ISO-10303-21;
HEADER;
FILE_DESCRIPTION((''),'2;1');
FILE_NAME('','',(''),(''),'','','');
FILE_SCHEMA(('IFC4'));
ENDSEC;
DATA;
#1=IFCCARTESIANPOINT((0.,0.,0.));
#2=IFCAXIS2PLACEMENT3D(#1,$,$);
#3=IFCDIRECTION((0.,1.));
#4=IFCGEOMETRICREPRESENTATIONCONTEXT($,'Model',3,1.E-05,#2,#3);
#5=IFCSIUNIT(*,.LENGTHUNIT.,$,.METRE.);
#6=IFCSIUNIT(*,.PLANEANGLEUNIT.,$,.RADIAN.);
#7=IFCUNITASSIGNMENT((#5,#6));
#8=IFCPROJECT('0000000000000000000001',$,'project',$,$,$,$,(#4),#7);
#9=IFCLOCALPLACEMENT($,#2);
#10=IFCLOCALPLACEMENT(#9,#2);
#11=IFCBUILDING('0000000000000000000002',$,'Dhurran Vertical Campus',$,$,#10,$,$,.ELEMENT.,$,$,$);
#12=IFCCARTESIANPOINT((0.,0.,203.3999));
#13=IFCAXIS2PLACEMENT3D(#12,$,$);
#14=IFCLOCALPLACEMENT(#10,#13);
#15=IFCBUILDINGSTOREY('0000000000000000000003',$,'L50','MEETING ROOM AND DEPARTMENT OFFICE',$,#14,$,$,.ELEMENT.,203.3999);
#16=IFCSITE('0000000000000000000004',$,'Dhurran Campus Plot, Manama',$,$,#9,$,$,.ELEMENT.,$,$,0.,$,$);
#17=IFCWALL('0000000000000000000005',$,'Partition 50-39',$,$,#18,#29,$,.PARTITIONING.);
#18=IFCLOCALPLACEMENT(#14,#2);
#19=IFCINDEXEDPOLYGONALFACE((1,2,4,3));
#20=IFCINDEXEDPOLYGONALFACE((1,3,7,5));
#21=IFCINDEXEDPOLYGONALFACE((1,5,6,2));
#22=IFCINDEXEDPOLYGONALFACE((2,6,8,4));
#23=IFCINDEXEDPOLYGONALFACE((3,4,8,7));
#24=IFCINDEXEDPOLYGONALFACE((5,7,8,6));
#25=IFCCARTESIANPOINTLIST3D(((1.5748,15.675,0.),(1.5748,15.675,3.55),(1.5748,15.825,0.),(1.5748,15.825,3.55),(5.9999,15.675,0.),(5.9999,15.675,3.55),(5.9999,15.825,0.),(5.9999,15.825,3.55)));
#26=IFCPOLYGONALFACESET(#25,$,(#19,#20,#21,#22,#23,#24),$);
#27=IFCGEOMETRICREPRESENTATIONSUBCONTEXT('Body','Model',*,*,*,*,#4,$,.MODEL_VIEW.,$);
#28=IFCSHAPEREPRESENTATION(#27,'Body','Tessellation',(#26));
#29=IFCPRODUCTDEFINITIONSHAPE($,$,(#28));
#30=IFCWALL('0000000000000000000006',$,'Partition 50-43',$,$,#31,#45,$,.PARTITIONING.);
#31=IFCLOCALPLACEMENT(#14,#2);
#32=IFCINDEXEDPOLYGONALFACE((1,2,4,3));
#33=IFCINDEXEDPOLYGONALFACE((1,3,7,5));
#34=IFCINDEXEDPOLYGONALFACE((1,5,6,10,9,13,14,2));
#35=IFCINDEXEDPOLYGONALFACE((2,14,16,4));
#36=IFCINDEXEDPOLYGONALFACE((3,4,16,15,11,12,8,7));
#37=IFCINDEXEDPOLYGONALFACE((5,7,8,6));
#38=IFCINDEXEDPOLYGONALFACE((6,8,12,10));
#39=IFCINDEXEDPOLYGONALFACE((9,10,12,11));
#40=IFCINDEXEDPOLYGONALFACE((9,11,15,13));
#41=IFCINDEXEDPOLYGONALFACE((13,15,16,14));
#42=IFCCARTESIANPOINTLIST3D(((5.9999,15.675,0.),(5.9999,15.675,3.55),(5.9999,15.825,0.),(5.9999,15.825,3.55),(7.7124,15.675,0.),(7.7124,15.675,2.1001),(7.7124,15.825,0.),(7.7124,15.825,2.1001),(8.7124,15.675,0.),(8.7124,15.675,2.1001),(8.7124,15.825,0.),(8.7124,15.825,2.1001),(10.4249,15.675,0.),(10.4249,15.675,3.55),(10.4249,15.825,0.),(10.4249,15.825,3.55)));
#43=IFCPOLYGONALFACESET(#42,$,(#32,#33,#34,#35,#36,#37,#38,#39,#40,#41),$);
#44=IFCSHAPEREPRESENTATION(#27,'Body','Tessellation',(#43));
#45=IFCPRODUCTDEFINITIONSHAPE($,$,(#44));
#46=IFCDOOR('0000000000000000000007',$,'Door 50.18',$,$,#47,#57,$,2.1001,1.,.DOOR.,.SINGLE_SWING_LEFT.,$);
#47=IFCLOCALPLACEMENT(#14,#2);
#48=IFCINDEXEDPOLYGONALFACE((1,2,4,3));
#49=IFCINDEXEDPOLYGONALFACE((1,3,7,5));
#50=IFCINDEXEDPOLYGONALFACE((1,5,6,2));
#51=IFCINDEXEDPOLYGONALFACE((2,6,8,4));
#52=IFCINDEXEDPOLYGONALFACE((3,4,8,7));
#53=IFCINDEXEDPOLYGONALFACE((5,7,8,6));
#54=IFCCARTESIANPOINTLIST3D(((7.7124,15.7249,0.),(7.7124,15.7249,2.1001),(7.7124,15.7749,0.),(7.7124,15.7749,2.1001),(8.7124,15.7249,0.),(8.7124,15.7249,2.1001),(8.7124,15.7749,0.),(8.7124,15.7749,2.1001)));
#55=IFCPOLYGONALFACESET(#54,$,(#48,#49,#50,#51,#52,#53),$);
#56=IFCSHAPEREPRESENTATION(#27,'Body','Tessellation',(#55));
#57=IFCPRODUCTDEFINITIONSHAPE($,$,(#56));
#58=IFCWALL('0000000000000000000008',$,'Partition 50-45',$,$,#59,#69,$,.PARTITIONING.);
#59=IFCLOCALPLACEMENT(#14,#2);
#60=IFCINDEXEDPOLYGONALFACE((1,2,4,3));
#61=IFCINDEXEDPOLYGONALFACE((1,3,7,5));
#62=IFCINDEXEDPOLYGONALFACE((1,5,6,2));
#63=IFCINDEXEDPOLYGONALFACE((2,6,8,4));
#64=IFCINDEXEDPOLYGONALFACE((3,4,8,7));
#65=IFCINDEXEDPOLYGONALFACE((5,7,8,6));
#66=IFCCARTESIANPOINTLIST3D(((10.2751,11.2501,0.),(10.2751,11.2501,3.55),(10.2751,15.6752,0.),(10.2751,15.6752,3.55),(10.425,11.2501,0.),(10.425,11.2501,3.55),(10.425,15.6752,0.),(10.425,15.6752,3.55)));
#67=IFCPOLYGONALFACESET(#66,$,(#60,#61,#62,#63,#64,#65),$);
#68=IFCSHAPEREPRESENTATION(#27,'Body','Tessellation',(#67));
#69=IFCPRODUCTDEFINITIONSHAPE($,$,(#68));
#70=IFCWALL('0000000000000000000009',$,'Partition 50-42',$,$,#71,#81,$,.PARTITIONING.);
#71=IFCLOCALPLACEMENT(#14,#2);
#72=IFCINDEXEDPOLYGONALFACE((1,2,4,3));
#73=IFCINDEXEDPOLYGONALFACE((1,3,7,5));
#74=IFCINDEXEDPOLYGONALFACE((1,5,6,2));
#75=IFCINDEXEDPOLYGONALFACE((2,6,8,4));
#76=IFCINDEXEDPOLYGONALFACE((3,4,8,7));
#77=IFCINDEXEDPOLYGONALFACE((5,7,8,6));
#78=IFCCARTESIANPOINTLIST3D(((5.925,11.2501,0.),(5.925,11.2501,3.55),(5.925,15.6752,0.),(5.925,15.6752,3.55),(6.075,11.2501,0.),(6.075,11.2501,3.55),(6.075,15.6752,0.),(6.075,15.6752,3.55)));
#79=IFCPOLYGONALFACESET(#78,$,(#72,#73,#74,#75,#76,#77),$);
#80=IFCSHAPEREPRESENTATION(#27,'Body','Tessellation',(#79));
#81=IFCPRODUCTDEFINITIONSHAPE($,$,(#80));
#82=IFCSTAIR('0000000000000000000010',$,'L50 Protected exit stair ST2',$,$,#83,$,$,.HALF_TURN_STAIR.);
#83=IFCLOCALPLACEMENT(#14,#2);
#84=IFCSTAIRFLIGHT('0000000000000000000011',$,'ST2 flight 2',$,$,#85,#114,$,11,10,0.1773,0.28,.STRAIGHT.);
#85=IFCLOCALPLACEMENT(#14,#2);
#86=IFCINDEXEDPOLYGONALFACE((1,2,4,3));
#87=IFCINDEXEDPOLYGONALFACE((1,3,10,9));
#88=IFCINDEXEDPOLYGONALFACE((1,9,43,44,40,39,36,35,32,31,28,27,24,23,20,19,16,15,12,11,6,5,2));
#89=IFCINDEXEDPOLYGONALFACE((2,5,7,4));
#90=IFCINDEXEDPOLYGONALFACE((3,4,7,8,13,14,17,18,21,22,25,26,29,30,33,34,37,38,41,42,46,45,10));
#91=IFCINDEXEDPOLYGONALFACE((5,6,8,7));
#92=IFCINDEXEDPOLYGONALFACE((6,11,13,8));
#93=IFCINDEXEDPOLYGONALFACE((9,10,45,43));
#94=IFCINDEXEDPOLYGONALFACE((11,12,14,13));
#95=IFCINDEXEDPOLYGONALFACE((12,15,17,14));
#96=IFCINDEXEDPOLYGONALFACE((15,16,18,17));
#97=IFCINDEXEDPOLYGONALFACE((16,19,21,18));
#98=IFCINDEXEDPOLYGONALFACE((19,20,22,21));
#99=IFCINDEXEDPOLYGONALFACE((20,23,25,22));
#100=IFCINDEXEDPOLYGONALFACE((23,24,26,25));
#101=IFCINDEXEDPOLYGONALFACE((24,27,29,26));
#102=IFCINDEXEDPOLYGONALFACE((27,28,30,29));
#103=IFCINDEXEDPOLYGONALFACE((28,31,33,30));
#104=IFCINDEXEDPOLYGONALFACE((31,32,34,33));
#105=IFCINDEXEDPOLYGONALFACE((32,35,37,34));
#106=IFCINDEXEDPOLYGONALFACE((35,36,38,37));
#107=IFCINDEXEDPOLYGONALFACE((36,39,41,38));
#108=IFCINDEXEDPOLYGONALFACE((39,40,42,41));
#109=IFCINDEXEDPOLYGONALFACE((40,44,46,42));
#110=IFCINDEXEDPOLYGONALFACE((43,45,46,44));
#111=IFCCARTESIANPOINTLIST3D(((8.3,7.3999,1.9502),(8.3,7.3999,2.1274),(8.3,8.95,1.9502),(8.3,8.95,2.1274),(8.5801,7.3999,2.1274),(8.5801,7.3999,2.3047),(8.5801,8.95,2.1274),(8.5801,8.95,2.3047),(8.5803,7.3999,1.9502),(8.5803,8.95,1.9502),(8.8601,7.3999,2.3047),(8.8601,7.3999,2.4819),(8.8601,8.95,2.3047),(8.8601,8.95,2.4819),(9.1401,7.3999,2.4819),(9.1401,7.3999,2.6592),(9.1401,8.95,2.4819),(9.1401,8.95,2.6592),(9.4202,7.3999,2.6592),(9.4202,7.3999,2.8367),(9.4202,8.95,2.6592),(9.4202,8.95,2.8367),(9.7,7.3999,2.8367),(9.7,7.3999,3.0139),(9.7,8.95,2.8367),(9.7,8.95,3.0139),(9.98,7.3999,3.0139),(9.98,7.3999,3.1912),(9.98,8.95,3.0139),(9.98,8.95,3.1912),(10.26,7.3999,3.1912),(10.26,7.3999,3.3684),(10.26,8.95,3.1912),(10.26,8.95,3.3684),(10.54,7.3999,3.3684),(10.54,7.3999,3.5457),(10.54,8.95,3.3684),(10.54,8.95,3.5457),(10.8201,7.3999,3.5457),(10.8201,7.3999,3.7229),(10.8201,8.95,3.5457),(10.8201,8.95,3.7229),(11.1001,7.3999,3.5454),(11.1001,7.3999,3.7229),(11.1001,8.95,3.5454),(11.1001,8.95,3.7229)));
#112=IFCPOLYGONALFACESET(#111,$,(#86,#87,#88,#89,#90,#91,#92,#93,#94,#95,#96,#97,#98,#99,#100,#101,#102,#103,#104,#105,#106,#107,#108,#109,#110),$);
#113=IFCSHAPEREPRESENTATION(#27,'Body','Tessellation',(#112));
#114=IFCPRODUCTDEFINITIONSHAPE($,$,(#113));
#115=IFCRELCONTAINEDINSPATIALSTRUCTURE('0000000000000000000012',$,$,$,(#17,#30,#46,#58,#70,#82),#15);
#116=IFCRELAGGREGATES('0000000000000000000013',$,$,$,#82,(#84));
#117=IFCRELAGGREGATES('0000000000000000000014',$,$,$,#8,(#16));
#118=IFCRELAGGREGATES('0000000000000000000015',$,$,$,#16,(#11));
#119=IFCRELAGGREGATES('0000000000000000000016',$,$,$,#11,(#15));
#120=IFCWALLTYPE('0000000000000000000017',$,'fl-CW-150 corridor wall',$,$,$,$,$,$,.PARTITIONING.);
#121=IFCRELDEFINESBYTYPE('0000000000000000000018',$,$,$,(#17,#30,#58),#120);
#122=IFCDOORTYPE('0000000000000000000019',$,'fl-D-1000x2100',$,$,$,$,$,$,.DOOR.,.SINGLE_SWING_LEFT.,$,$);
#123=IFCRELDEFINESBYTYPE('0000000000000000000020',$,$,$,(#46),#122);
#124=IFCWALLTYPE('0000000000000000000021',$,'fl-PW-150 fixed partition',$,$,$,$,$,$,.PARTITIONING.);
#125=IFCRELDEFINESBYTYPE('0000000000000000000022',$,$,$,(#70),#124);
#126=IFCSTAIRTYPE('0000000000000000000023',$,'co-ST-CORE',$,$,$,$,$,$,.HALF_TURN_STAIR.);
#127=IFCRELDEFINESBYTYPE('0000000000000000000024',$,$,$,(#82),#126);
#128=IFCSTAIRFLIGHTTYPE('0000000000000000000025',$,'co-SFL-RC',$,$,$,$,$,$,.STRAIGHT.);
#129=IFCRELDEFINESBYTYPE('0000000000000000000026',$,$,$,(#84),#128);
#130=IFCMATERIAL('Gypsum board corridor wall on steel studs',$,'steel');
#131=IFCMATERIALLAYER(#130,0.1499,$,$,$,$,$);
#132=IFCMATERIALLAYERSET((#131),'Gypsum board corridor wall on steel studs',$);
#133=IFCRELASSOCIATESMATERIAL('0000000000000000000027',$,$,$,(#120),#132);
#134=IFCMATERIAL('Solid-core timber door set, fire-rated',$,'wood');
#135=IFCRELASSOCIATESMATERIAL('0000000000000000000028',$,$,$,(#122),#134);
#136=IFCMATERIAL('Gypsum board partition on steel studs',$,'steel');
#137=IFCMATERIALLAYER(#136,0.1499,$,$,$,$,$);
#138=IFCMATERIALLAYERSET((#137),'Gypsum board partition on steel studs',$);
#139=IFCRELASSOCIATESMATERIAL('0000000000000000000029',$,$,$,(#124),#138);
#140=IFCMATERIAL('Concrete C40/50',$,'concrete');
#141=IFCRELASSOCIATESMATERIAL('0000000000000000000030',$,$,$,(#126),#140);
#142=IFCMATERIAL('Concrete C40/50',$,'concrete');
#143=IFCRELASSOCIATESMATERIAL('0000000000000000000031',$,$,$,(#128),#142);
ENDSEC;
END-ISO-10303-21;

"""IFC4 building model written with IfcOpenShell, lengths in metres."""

from ifc_helpers import new_model, si_unit, direction, frame, frame_2d, origin, place, context, subcontext, project, spatial, polyline, rectangle, outline, extrude, material, layer, layer_set, type_object, element, fill, aggregate, save


model = new_model("IFC4")

# Units and contexts
model_context = context("Model", 3, precision=1e-05, world=origin(), true_north=direction((0.0, 1.0)))
body_context = subcontext(model_context, "Body", "Model", "MODEL_VIEW")
ifc_project = project(units=[si_unit("LENGTHUNIT", "METRE"), si_unit("PLANEANGLEUNIT", "RADIAN")], contexts=[model_context])

# Site, building, storey
site_placement = place(None, origin())
site = spatial("IfcSite", under=ifc_project, at=site_placement, Name="Dhurran Campus Plot, Manama", CompositionType="ELEMENT", RefElevation=0.0)
building_placement = place(site_placement, origin())
building = spatial("IfcBuilding", under=site, at=building_placement, Name="Dhurran Vertical Campus", CompositionType="ELEMENT")
storey_placement = place(building_placement, frame((0.0, 0.0, 203.3999)))
storey = spatial("IfcBuildingStorey", under=building, at=storey_placement, Name="L50", Description="MEETING ROOM AND DEPARTMENT OFFICE", CompositionType="ELEMENT", Elevation=203.3999)

# Shared definitions
ifc_material_1 = material(Name="Gypsum board corridor wall on steel studs", Category="steel")
ifc_layer_1 = layer(ifc_material_1, 0.1499)
ifc_layer_set_1 = layer_set([ifc_layer_1], Name="Gypsum board corridor wall on steel studs")
wall_type_1 = type_object("IfcWallType", Name="fl-CW-150 corridor wall", PredefinedType="PARTITIONING", material=ifc_layer_set_1)
ifc_material_2 = material(Name="Solid-core timber door set, fire-rated", Category="wood")
door_type = type_object("IfcDoorType", Name="fl-D-1000x2100", OperationType="SINGLE_SWING_LEFT", PredefinedType="DOOR", material=ifc_material_2)

# Wall
wall_1_placement = place(storey_placement, frame((1.575, 15.75, 0.0), z_axis=(0.0, 0.0, 1.0), x_axis=(1.0, 0.0, 0.0)))
element("IfcWall", 1, at=wall_1_placement, inside=storey, type_object=wall_type_1, Name="Partition 50-39", PredefinedType="PARTITIONING", context=body_context, shape_type="SweptSolid", body=[
    extrude(rectangle(XDim=4.425, YDim=0.1499, at=frame_2d((2.2124, 0.0))), origin(), (0.0, 0.0, 1.0), 3.55),
])

# Wall, opening, door
wall_2_placement = place(storey_placement, frame((6.0, 15.75, 0.0), z_axis=(0.0, 0.0, 1.0), x_axis=(1.0, 0.0, 0.0)))
wall_2 = element("IfcWall", 2, at=wall_2_placement, inside=storey, type_object=wall_type_1, Name="Partition 50-43", PredefinedType="PARTITIONING", context=body_context, shape_type="SweptSolid", body=[
    extrude(rectangle(XDim=4.425, YDim=0.1499, at=frame_2d((2.2124, 0.0))), origin(), (0.0, 0.0, 1.0), 3.55),
])
opening_1_placement = place(wall_2_placement, frame((1.7124, 0.0, 0.0)))
opening_1 = element("IfcOpeningElement", 3, at=opening_1_placement, cuts=wall_2, PredefinedType="OPENING", context=body_context, shape_type="SweptSolid", body=[
    extrude(rectangle(XDim=1.0, YDim=2.1001, at=frame_2d((0.5, 1.05))), frame((0.0, 0.085, 0.0), z_axis=(0.0, -1.0, 0.0), x_axis=(1.0, 0.0, 0.0)), (0.0, 0.0, 1.0), 0.1699),
])
door_1_placement = place(opening_1_placement, origin())
door_1 = element("IfcDoor", 4, at=door_1_placement, inside=storey, type_object=door_type, Name="Door 50.18", OperationType="SINGLE_SWING_LEFT", OverallHeight=2.1001, OverallWidth=1.0, PredefinedType="DOOR", context=body_context, shape_type="SweptSolid", body=[
    extrude(rectangle(XDim=1.0, YDim=2.1001, at=frame_2d((0.5, 1.05))), frame((0.0, 0.0249, 0.0), z_axis=(0.0, -1.0, 0.0), x_axis=(1.0, 0.0, 0.0)), (0.0, 0.0, 1.0), 0.05),
])
fill(opening_1, door_1)

# Walls
wall_3_placement = place(storey_placement, frame((10.3501, 15.675, 0.0), z_axis=(0.0, 0.0, 1.0), x_axis=(0.0, -1.0, 0.0)))
element("IfcWall", 5, at=wall_3_placement, inside=storey, type_object=wall_type_1, Name="Partition 50-45", PredefinedType="PARTITIONING", context=body_context, shape_type="SweptSolid", body=[
    extrude(rectangle(XDim=4.425, YDim=0.1499, at=frame_2d((2.2124, 0.0))), origin(), (0.0, 0.0, 1.0), 3.55),
])
ifc_material_3 = material(Name="Gypsum board partition on steel studs", Category="steel")
ifc_layer_2 = layer(ifc_material_3, 0.1499)
ifc_layer_set_2 = layer_set([ifc_layer_2], Name="Gypsum board partition on steel studs")
wall_type_2 = type_object("IfcWallType", Name="fl-PW-150 fixed partition", PredefinedType="PARTITIONING", material=ifc_layer_set_2)
wall_4_placement = place(storey_placement, frame((6.0, 15.675, 0.0), z_axis=(0.0, 0.0, 1.0), x_axis=(0.0, -1.0, 0.0)))
element("IfcWall", 6, at=wall_4_placement, inside=storey, type_object=wall_type_2, Name="Partition 50-42", PredefinedType="PARTITIONING", context=body_context, shape_type="SweptSolid", body=[
    extrude(rectangle(XDim=4.425, YDim=0.1499, at=frame_2d((2.2124, 0.0))), origin(), (0.0, 0.0, 1.0), 3.55),
])

# Stair, stair flight
ifc_material_4 = material(Name="Concrete C40/50", Category="concrete")
stair_type = type_object("IfcStairType", Name="co-ST-CORE", PredefinedType="HALF_TURN_STAIR", material=ifc_material_4)
stair_placement = place(storey_placement, origin())
stair = element("IfcStair", 7, at=stair_placement, inside=storey, type_object=stair_type, Name="L50 Protected exit stair ST2", PredefinedType="HALF_TURN_STAIR")
ifc_material_5 = material(Name="Concrete C40/50", Category="concrete")
stair_flight_type = type_object("IfcStairFlightType", Name="co-SFL-RC", PredefinedType="STRAIGHT", material=ifc_material_5)
stair_flight_placement = place(storey_placement, frame((8.3, 8.175, 1.9502), z_axis=(0.0, 0.0, 1.0), x_axis=(1.0, 0.0, 0.0)))
stair_flight = element("IfcStairFlight", 8, at=stair_flight_placement, type_object=stair_flight_type, Name="ST2 flight 2", NumberOfRisers=11, NumberOfTreads=10, PredefinedType="STRAIGHT", RiserHeight=0.1773, TreadLength=0.28, context=body_context, shape_type="SweptSolid", body=[
    extrude(outline(polyline([(0.0, 0.0), (0.0, 0.1772), (0.28, 0.1772), (0.28, 0.3545), (0.5601, 0.3545), (0.5601, 0.5317), (0.8401, 0.5317), (0.8401, 0.709), (1.1201, 0.709), (1.1201, 0.8865), (1.3999, 0.8865), (1.3999, 1.0637), (1.6799, 1.0637), (1.6799, 1.241), (1.96, 1.241), (1.96, 1.4182), (2.24, 1.4182), (2.24, 1.5955), (2.52, 1.5955), (2.52, 1.7727), (2.8, 1.7727), (2.8, 1.95), (2.8, 1.5952), (0.2803, 0.0), (0.0, 0.0)])), frame((0.0, 0.7749, 0.0), z_axis=(0.0, -1.0, 0.0), x_axis=(1.0, 0.0, 0.0)), (0.0, 0.0, 1.0), 1.55),
])
aggregate(stair, [stair_flight])

save(model, "model.ifc")
